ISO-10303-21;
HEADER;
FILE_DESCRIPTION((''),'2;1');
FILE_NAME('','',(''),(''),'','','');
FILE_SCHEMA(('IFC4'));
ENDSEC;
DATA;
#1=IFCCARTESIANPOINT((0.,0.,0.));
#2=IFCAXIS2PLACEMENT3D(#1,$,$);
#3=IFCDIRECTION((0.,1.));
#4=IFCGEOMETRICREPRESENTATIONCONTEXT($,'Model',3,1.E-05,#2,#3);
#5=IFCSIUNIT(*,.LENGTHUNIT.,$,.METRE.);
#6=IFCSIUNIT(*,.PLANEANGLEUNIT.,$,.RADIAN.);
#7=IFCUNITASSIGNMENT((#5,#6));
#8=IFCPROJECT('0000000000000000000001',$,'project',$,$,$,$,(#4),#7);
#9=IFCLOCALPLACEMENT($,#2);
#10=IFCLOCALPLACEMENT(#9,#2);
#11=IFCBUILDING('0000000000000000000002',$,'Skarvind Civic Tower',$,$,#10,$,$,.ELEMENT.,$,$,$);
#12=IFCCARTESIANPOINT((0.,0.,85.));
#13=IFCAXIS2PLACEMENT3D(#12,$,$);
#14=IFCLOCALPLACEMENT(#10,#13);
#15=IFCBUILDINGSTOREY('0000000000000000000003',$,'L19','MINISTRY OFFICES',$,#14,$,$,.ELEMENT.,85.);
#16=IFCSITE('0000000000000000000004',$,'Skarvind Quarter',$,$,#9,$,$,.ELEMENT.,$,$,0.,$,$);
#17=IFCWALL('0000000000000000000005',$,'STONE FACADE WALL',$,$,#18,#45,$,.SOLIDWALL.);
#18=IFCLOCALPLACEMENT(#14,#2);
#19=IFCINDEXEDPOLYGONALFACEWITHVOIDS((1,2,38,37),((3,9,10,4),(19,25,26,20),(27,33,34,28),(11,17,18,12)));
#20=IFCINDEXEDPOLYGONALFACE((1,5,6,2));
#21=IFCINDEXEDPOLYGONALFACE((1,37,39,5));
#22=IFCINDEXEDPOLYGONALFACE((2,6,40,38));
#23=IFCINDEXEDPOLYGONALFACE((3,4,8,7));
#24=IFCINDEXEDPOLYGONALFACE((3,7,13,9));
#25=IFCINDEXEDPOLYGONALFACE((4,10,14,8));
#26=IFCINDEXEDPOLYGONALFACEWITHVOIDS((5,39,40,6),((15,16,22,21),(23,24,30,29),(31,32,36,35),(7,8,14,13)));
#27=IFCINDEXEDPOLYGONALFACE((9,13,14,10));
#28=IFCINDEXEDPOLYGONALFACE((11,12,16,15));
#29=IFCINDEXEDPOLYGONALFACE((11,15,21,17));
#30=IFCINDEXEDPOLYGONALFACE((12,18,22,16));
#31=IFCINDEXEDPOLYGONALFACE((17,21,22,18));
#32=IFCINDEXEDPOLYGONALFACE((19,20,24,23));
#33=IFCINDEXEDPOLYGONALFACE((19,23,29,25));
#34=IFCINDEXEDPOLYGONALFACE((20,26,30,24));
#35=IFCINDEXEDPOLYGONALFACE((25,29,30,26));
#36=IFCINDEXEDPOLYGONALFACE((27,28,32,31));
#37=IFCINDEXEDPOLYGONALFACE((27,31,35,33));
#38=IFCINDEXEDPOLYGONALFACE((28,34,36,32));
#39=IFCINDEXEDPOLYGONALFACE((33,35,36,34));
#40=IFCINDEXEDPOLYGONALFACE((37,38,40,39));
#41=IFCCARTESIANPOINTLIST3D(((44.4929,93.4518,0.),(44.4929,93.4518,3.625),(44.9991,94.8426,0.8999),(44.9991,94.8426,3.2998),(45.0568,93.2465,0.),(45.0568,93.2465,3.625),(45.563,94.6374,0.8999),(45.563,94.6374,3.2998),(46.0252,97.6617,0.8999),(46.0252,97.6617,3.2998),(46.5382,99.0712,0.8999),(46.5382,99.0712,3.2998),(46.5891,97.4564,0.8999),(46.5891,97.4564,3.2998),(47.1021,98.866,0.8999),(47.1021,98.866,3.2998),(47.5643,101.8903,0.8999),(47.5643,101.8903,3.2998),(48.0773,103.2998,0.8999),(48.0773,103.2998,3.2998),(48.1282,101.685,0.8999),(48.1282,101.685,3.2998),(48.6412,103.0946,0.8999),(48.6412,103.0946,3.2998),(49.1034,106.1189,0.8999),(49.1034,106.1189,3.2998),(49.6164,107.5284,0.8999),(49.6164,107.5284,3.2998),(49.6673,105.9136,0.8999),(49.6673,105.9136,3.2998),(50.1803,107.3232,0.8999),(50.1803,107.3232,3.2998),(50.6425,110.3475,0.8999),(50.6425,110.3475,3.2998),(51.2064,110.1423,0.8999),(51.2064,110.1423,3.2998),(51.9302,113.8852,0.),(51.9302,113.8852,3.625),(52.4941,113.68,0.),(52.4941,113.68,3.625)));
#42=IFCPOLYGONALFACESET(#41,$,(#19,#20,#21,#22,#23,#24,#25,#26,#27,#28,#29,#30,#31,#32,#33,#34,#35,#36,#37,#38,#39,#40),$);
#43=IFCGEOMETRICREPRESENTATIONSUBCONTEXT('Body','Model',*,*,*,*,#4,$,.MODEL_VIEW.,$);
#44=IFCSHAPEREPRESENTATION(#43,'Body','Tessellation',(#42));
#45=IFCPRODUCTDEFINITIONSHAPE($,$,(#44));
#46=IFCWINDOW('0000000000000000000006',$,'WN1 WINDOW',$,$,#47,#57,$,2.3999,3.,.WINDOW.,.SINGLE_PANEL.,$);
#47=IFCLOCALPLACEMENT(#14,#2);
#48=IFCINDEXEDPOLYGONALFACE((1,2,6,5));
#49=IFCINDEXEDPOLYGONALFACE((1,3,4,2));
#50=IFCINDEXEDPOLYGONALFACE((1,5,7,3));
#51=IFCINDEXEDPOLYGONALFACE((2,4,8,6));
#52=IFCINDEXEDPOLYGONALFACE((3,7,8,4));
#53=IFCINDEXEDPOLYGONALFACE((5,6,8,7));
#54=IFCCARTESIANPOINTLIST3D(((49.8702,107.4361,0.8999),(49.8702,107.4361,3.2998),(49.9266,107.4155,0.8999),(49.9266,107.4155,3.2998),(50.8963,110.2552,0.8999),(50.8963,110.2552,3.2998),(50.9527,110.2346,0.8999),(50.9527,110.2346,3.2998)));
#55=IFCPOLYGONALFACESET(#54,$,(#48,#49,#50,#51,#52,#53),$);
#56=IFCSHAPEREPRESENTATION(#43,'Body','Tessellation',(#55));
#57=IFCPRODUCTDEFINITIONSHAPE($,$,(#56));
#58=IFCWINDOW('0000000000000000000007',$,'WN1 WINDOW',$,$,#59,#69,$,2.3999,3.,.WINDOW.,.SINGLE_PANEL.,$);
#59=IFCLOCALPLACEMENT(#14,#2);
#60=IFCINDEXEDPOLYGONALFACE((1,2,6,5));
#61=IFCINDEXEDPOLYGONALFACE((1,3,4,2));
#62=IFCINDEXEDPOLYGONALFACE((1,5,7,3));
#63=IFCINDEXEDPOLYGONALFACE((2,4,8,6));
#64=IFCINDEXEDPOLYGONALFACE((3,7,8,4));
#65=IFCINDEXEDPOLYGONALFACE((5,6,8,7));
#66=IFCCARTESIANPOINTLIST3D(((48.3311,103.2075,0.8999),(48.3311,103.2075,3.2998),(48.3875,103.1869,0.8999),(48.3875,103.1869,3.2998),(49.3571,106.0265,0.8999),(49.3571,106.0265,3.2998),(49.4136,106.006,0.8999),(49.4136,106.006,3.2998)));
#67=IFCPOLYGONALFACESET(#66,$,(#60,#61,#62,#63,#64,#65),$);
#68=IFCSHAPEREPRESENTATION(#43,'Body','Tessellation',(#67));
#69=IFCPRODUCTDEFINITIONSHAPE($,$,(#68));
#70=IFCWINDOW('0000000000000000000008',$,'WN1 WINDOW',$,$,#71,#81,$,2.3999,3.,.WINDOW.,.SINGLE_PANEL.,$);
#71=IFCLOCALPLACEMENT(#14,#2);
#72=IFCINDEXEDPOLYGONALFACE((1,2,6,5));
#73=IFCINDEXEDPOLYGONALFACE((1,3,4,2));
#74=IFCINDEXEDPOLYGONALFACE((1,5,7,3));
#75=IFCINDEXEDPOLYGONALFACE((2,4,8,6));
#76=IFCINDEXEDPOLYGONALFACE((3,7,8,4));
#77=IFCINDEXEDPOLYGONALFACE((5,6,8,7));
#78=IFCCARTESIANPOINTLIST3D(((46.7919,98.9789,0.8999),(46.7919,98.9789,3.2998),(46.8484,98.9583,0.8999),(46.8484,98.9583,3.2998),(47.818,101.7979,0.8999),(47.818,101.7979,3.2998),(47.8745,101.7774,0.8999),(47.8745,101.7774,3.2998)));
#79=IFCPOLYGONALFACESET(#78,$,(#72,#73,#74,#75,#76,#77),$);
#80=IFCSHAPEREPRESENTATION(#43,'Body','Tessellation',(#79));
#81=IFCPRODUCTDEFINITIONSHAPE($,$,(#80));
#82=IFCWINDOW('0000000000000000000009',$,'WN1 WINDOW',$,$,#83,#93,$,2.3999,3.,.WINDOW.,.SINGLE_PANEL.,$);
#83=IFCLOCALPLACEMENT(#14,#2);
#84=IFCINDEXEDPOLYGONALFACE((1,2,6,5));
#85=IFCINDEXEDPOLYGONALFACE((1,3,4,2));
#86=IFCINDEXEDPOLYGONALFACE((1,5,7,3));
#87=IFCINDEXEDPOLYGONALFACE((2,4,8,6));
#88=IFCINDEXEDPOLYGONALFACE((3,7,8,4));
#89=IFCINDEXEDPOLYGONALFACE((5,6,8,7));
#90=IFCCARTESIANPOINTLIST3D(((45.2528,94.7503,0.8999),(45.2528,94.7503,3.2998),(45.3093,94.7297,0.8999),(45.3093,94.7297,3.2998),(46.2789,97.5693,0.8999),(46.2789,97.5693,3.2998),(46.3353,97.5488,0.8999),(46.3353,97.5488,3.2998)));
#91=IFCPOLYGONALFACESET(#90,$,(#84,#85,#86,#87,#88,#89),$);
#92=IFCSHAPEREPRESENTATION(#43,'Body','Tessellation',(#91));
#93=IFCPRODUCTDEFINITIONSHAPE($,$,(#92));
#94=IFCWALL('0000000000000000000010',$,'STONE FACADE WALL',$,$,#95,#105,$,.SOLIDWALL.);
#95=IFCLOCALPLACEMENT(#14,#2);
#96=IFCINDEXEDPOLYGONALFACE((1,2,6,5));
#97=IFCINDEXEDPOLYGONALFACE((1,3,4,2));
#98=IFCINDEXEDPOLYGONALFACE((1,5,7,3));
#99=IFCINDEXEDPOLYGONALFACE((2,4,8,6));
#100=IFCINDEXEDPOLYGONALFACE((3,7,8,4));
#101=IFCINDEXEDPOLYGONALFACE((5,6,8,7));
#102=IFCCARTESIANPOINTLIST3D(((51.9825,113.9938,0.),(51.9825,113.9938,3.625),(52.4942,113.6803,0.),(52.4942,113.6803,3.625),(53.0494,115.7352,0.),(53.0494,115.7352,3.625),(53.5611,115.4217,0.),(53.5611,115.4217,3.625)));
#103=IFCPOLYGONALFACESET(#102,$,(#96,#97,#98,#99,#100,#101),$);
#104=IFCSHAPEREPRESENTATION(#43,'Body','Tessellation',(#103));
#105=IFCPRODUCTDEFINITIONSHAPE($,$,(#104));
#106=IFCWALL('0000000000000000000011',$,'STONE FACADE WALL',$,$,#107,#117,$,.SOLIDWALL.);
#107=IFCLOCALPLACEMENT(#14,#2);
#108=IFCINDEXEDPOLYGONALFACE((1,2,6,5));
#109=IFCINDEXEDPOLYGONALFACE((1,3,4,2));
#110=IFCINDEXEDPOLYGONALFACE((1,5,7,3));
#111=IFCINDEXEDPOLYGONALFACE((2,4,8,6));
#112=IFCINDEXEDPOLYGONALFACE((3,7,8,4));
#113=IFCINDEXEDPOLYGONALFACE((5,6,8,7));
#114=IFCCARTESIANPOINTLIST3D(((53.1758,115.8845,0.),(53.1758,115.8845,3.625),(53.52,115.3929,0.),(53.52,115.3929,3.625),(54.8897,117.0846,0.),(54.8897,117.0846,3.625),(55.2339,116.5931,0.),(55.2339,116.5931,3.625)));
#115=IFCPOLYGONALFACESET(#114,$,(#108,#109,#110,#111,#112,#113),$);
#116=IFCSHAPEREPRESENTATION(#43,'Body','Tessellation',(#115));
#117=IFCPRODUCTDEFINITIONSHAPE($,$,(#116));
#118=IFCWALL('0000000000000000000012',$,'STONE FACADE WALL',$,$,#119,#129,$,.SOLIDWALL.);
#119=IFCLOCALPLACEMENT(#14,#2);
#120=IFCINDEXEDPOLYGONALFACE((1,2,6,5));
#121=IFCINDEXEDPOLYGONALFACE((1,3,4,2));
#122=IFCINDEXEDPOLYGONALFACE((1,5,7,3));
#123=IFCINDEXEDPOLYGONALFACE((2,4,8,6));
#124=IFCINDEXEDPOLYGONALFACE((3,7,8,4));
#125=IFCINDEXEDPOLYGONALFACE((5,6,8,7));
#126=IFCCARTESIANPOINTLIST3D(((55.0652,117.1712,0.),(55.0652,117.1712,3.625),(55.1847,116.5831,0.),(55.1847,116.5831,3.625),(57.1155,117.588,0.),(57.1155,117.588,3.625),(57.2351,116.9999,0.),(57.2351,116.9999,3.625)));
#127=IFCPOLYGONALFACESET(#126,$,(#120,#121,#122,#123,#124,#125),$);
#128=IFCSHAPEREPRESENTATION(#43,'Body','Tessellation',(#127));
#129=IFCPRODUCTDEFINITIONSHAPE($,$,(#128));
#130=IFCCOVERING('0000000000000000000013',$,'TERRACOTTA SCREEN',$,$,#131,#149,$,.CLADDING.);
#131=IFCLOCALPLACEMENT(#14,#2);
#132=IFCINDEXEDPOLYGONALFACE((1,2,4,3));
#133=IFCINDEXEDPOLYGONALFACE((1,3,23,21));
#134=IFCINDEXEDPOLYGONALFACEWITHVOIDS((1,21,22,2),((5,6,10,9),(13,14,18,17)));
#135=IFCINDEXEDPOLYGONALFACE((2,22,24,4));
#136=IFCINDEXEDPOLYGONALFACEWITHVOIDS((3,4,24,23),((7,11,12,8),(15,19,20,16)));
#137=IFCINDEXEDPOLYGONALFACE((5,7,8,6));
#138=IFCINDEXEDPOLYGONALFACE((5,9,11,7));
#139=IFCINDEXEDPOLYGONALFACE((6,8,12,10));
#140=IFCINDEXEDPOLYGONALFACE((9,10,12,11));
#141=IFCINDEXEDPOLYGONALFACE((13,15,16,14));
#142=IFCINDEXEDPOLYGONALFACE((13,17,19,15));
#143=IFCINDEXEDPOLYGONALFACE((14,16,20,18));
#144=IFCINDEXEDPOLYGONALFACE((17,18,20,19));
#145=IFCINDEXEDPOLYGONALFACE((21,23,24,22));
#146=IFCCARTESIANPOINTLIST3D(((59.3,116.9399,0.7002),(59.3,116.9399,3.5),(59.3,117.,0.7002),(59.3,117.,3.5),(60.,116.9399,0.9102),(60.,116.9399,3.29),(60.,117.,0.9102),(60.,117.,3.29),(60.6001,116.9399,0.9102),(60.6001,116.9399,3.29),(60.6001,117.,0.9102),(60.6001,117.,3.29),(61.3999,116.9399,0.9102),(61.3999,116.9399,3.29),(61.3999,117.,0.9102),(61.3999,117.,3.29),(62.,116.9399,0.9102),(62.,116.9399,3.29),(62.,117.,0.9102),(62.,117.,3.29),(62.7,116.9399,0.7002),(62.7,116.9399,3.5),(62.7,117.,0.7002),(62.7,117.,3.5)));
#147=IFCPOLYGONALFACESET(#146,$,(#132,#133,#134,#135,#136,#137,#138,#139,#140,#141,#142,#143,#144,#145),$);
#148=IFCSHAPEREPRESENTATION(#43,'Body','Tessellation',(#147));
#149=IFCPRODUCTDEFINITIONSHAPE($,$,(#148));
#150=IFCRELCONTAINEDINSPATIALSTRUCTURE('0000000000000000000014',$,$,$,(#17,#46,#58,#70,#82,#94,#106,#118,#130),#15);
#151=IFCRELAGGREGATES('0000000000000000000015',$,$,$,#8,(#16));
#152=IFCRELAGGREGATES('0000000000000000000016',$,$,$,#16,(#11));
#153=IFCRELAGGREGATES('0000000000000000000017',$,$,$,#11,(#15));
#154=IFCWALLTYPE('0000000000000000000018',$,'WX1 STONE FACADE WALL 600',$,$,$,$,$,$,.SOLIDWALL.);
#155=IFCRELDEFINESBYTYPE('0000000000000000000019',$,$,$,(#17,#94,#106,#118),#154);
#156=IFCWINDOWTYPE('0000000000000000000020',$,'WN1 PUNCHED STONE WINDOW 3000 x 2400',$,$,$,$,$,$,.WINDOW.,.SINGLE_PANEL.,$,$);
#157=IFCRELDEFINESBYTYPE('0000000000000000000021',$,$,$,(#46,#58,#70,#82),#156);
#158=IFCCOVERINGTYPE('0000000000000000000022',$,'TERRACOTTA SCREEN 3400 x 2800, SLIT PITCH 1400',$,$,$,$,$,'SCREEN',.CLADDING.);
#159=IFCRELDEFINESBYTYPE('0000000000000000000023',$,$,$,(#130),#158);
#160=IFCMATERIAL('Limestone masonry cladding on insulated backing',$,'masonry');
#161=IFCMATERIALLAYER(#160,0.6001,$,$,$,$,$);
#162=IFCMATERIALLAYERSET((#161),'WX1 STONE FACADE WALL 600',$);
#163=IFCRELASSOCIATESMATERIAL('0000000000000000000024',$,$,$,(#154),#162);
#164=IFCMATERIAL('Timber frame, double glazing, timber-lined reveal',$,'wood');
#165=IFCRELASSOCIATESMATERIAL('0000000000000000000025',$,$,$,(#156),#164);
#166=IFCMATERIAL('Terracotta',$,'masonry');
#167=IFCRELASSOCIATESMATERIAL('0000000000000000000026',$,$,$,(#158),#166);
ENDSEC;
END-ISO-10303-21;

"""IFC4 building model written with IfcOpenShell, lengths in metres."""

from ifc_helpers import new_model, si_unit, direction, frame, frame_2d, origin, place, context, subcontext, project, spatial, polyline, rectangle, outline, extrude, material, layer, layer_set, material_profile, profile_set, type_object, element, fill, save


model = new_model("IFC4")

# Units and contexts
model_context = context("Model", 3, precision=1e-05, world=origin(), true_north=direction((0.0, 1.0)))
body_context = subcontext(model_context, "Body", "Model", "MODEL_VIEW")
ifc_project = project(units=[si_unit("LENGTHUNIT", "METRE"), si_unit("PLANEANGLEUNIT", "RADIAN")], contexts=[model_context])

# Site, building, storey
site_placement = place(None, origin())
site = spatial("IfcSite", under=ifc_project, at=site_placement, Name="Skarvind Quarter", CompositionType="ELEMENT", RefElevation=0.0)
building_placement = place(site_placement, origin())
building = spatial("IfcBuilding", under=site, at=building_placement, Name="Skarvind Civic Tower", CompositionType="ELEMENT")
storey_placement = place(building_placement, frame((0.0, 0.0, 85.0)))
storey = spatial("IfcBuildingStorey", under=building, at=storey_placement, Name="L19", Description="MINISTRY OFFICES", CompositionType="ELEMENT", Elevation=85.0)

# Wall, openings, windows
ifc_material_1 = material(Name="Limestone masonry cladding on insulated backing", Category="masonry")
ifc_layer_1 = layer(ifc_material_1, 0.6001)
ifc_layer_set_1 = layer_set([ifc_layer_1], Name="WX1 STONE FACADE WALL 600")
wall_type_1 = type_object("IfcWallType", Name="WX1 STONE FACADE WALL 600", PredefinedType="SOLIDWALL", material=ifc_layer_set_1)
wall_1_placement = place(storey_placement, frame((52.2122, 113.7827, 0.0), z_axis=(0.0, 0.0, 1.0), x_axis=(-0.342025, -0.939691, 0.0)))
wall_1 = element("IfcWall", 1, at=wall_1_placement, inside=storey, type_object=wall_type_1, Name="STONE FACADE WALL", PredefinedType="SOLIDWALL", context=body_context, shape_type="SweptSolid", body=[
    extrude(rectangle(XDim=21.7449, YDim=0.6001, at=frame_2d((10.8726, 0.0))), origin(), (0.0, 0.0, 1.0), 3.625),
])
opening_1_placement = place(wall_1_placement, frame((3.7649, 0.0, 0.8999)))
opening_1 = element("IfcOpeningElement", 2, at=opening_1_placement, cuts=wall_1, PredefinedType="OPENING", context=body_context, shape_type="SweptSolid", body=[
    extrude(rectangle(XDim=3.0, YDim=2.3999, at=frame_2d((1.5, 1.2))), frame((0.0, 0.3101, 0.0), z_axis=(0.0, -1.0, 0.0), x_axis=(1.0, 0.0, 0.0)), (0.0, 0.0, 1.0), 0.6201),
])
opening_2_placement = place(wall_1_placement, frame((8.2649, 0.0, 0.8999)))
opening_2 = element("IfcOpeningElement", 3, at=opening_2_placement, cuts=wall_1, PredefinedType="OPENING", context=body_context, shape_type="SweptSolid", body=[
    extrude(rectangle(XDim=3.0, YDim=2.3999, at=frame_2d((1.5, 1.2))), frame((0.0, 0.3101, 0.0), z_axis=(0.0, -1.0, 0.0), x_axis=(1.0, 0.0, 0.0)), (0.0, 0.0, 1.0), 0.6201),
])
opening_3_placement = place(wall_1_placement, frame((12.7649, 0.0, 0.8999)))
opening_3 = element("IfcOpeningElement", 4, at=opening_3_placement, cuts=wall_1, PredefinedType="OPENING", context=body_context, shape_type="SweptSolid", body=[
    extrude(rectangle(XDim=3.0, YDim=2.3999, at=frame_2d((1.5, 1.2))), frame((0.0, 0.3101, 0.0), z_axis=(0.0, -1.0, 0.0), x_axis=(1.0, 0.0, 0.0)), (0.0, 0.0, 1.0), 0.6201),
])
opening_4_placement = place(wall_1_placement, frame((17.2649, 0.0, 0.8999)))
opening_4 = element("IfcOpeningElement", 5, at=opening_4_placement, cuts=wall_1, PredefinedType="OPENING", context=body_context, shape_type="SweptSolid", body=[
    extrude(rectangle(XDim=3.0, YDim=2.3999, at=frame_2d((1.5, 1.2))), frame((0.0, 0.3101, 0.0), z_axis=(0.0, -1.0, 0.0), x_axis=(1.0, 0.0, 0.0)), (0.0, 0.0, 1.0), 0.6201),
])
ifc_material_2 = material(Name="Timber frame, double glazing, timber-lined reveal", Category="wood")
window_type = type_object("IfcWindowType", Name="WN1 PUNCHED STONE WINDOW 3000 x 2400", PartitioningType="SINGLE_PANEL", PredefinedType="WINDOW", material=ifc_material_2)
window_1_placement = place(opening_1_placement, origin())
window_1 = element("IfcWindow", 6, at=window_1_placement, inside=storey, type_object=window_type, Name="WN1 WINDOW", OverallHeight=2.3999, OverallWidth=3.0, PartitioningType="SINGLE_PANEL", PredefinedType="WINDOW", context=body_context, shape_type="SweptSolid", body=[
    extrude(rectangle(XDim=3.0, YDim=2.3999, at=frame_2d((1.5, 1.2))), frame((0.0, 0.03, 0.0), z_axis=(0.0, -1.0, 0.0), x_axis=(1.0, 0.0, 0.0)), (0.0, 0.0, 1.0), 0.0601),
])
fill(opening_1, window_1)
window_2_placement = place(opening_2_placement, origin())
window_2 = element("IfcWindow", 7, at=window_2_placement, inside=storey, type_object=window_type, Name="WN1 WINDOW", OverallHeight=2.3999, OverallWidth=3.0, PartitioningType="SINGLE_PANEL", PredefinedType="WINDOW", context=body_context, shape_type="SweptSolid", body=[
    extrude(rectangle(XDim=3.0, YDim=2.3999, at=frame_2d((1.5, 1.2))), frame((0.0, 0.03, 0.0), z_axis=(0.0, -1.0, 0.0), x_axis=(1.0, 0.0, 0.0)), (0.0, 0.0, 1.0), 0.0601),
])
fill(opening_2, window_2)
window_3_placement = place(opening_3_placement, origin())
window_3 = element("IfcWindow", 8, at=window_3_placement, inside=storey, type_object=window_type, Name="WN1 WINDOW", OverallHeight=2.3999, OverallWidth=3.0, PartitioningType="SINGLE_PANEL", PredefinedType="WINDOW", context=body_context, shape_type="SweptSolid", body=[
    extrude(rectangle(XDim=3.0, YDim=2.3999, at=frame_2d((1.5, 1.2))), frame((0.0, 0.03, 0.0), z_axis=(0.0, -1.0, 0.0), x_axis=(1.0, 0.0, 0.0)), (0.0, 0.0, 1.0), 0.0601),
])
fill(opening_3, window_3)
window_4_placement = place(opening_4_placement, origin())
window_4 = element("IfcWindow", 9, at=window_4_placement, inside=storey, type_object=window_type, Name="WN1 WINDOW", OverallHeight=2.3999, OverallWidth=3.0, PartitioningType="SINGLE_PANEL", PredefinedType="WINDOW", context=body_context, shape_type="SweptSolid", body=[
    extrude(rectangle(XDim=3.0, YDim=2.3999, at=frame_2d((1.5, 1.2))), frame((0.0, 0.03, 0.0), z_axis=(0.0, -1.0, 0.0), x_axis=(1.0, 0.0, 0.0)), (0.0, 0.0, 1.0), 0.0601),
])
fill(opening_4, window_4)

# Walls
wall_2_placement = place(storey_placement, frame((53.3052, 115.5784, 0.0), z_axis=(0.0, 0.0, 1.0), x_axis=(-0.522402, -0.852699, 0.0)))
element("IfcWall", 10, at=wall_2_placement, inside=storey, type_object=wall_type_1, Name="STONE FACADE WALL", PredefinedType="SOLIDWALL", context=body_context, shape_type="SweptSolid", body=[
    extrude(rectangle(XDim=2.0422, YDim=0.6001, at=frame_2d((1.021, 0.0))), origin(), (0.0, 0.0, 1.0), 3.625),
])
for number, where, z_axis, x_axis, name in (
    (11, (55.0618, 116.8389, 0.0), (0.0, 0.0, 1.0), (-0.819122, -0.573619, 0.0), "STONE FACADE WALL"),
    (12, (57.1753, 117.2939, 0.0), (0.0, 0.0, 1.0), (-0.979961, -0.199189, 0.0), "STONE FACADE WALL"),
):
    element("IfcWall", number, at=place(storey_placement, frame(where, z_axis=z_axis, x_axis=x_axis)), inside=storey, type_object=wall_type_1, Name=name, PredefinedType="SOLIDWALL", context=body_context, shape_type="SweptSolid", body=[
        extrude(rectangle(XDim=2.0923, YDim=0.6001, at=frame_2d((1.0461, 0.0))), origin(), (0.0, 0.0, 1.0), 3.625),
    ])

# Covering
ifc_material_3 = material(Name="Terracotta", Category="masonry")
ifc_material_profile_1 = material_profile(ifc_material_3, outline(polyline([(-1.7, -1.3999), (1.7, -1.3999), (1.7, 1.3999), (-1.7, 1.3999), (-1.7, -1.3999)]), holes=[polyline([(-1.0, -1.1899), (-0.3999, -1.1899), (-0.3999, 1.1899), (-1.0, 1.1899), (-1.0, -1.1899)]), polyline([(0.3999, -1.1899), (1.0, -1.1899), (1.0, 1.1899), (0.3999, 1.1899), (0.3999, -1.1899)])]), Name="TERRACOTTA SCREEN 3400 x 2800, SLIT PITCH 1400")
ifc_profile_set_1 = profile_set([ifc_material_profile_1], Name="Terracotta")
covering_type = type_object("IfcCoveringType", Name="TERRACOTTA SCREEN 3400 x 2800, SLIT PITCH 1400", ElementType="SCREEN", PredefinedType="CLADDING", material=ifc_profile_set_1)
covering_placement = place(storey_placement, frame((61.0, 117.0, 2.1001), z_axis=(0.0, -1.0, 0.0), x_axis=(1.0, 0.0, 0.0)))
element("IfcCovering", 13, at=covering_placement, inside=storey, type_object=covering_type, Name="TERRACOTTA SCREEN", PredefinedType="CLADDING", context=body_context, shape_type="SweptSolid", body=[
    extrude(outline(polyline([(-1.7, -1.3999), (1.7, -1.3999), (1.7, 1.3999), (-1.7, 1.3999), (-1.7, -1.3999)]), holes=[polyline([(-1.0, -1.1899), (-0.3999, -1.1899), (-0.3999, 1.1899), (-1.0, 1.1899), (-1.0, -1.1899)]), polyline([(0.3999, -1.1899), (1.0, -1.1899), (1.0, 1.1899), (0.3999, 1.1899), (0.3999, -1.1899)])]), origin(), (0.0, 0.0, 1.0), 0.0601),
])

save(model, "model.ifc")
